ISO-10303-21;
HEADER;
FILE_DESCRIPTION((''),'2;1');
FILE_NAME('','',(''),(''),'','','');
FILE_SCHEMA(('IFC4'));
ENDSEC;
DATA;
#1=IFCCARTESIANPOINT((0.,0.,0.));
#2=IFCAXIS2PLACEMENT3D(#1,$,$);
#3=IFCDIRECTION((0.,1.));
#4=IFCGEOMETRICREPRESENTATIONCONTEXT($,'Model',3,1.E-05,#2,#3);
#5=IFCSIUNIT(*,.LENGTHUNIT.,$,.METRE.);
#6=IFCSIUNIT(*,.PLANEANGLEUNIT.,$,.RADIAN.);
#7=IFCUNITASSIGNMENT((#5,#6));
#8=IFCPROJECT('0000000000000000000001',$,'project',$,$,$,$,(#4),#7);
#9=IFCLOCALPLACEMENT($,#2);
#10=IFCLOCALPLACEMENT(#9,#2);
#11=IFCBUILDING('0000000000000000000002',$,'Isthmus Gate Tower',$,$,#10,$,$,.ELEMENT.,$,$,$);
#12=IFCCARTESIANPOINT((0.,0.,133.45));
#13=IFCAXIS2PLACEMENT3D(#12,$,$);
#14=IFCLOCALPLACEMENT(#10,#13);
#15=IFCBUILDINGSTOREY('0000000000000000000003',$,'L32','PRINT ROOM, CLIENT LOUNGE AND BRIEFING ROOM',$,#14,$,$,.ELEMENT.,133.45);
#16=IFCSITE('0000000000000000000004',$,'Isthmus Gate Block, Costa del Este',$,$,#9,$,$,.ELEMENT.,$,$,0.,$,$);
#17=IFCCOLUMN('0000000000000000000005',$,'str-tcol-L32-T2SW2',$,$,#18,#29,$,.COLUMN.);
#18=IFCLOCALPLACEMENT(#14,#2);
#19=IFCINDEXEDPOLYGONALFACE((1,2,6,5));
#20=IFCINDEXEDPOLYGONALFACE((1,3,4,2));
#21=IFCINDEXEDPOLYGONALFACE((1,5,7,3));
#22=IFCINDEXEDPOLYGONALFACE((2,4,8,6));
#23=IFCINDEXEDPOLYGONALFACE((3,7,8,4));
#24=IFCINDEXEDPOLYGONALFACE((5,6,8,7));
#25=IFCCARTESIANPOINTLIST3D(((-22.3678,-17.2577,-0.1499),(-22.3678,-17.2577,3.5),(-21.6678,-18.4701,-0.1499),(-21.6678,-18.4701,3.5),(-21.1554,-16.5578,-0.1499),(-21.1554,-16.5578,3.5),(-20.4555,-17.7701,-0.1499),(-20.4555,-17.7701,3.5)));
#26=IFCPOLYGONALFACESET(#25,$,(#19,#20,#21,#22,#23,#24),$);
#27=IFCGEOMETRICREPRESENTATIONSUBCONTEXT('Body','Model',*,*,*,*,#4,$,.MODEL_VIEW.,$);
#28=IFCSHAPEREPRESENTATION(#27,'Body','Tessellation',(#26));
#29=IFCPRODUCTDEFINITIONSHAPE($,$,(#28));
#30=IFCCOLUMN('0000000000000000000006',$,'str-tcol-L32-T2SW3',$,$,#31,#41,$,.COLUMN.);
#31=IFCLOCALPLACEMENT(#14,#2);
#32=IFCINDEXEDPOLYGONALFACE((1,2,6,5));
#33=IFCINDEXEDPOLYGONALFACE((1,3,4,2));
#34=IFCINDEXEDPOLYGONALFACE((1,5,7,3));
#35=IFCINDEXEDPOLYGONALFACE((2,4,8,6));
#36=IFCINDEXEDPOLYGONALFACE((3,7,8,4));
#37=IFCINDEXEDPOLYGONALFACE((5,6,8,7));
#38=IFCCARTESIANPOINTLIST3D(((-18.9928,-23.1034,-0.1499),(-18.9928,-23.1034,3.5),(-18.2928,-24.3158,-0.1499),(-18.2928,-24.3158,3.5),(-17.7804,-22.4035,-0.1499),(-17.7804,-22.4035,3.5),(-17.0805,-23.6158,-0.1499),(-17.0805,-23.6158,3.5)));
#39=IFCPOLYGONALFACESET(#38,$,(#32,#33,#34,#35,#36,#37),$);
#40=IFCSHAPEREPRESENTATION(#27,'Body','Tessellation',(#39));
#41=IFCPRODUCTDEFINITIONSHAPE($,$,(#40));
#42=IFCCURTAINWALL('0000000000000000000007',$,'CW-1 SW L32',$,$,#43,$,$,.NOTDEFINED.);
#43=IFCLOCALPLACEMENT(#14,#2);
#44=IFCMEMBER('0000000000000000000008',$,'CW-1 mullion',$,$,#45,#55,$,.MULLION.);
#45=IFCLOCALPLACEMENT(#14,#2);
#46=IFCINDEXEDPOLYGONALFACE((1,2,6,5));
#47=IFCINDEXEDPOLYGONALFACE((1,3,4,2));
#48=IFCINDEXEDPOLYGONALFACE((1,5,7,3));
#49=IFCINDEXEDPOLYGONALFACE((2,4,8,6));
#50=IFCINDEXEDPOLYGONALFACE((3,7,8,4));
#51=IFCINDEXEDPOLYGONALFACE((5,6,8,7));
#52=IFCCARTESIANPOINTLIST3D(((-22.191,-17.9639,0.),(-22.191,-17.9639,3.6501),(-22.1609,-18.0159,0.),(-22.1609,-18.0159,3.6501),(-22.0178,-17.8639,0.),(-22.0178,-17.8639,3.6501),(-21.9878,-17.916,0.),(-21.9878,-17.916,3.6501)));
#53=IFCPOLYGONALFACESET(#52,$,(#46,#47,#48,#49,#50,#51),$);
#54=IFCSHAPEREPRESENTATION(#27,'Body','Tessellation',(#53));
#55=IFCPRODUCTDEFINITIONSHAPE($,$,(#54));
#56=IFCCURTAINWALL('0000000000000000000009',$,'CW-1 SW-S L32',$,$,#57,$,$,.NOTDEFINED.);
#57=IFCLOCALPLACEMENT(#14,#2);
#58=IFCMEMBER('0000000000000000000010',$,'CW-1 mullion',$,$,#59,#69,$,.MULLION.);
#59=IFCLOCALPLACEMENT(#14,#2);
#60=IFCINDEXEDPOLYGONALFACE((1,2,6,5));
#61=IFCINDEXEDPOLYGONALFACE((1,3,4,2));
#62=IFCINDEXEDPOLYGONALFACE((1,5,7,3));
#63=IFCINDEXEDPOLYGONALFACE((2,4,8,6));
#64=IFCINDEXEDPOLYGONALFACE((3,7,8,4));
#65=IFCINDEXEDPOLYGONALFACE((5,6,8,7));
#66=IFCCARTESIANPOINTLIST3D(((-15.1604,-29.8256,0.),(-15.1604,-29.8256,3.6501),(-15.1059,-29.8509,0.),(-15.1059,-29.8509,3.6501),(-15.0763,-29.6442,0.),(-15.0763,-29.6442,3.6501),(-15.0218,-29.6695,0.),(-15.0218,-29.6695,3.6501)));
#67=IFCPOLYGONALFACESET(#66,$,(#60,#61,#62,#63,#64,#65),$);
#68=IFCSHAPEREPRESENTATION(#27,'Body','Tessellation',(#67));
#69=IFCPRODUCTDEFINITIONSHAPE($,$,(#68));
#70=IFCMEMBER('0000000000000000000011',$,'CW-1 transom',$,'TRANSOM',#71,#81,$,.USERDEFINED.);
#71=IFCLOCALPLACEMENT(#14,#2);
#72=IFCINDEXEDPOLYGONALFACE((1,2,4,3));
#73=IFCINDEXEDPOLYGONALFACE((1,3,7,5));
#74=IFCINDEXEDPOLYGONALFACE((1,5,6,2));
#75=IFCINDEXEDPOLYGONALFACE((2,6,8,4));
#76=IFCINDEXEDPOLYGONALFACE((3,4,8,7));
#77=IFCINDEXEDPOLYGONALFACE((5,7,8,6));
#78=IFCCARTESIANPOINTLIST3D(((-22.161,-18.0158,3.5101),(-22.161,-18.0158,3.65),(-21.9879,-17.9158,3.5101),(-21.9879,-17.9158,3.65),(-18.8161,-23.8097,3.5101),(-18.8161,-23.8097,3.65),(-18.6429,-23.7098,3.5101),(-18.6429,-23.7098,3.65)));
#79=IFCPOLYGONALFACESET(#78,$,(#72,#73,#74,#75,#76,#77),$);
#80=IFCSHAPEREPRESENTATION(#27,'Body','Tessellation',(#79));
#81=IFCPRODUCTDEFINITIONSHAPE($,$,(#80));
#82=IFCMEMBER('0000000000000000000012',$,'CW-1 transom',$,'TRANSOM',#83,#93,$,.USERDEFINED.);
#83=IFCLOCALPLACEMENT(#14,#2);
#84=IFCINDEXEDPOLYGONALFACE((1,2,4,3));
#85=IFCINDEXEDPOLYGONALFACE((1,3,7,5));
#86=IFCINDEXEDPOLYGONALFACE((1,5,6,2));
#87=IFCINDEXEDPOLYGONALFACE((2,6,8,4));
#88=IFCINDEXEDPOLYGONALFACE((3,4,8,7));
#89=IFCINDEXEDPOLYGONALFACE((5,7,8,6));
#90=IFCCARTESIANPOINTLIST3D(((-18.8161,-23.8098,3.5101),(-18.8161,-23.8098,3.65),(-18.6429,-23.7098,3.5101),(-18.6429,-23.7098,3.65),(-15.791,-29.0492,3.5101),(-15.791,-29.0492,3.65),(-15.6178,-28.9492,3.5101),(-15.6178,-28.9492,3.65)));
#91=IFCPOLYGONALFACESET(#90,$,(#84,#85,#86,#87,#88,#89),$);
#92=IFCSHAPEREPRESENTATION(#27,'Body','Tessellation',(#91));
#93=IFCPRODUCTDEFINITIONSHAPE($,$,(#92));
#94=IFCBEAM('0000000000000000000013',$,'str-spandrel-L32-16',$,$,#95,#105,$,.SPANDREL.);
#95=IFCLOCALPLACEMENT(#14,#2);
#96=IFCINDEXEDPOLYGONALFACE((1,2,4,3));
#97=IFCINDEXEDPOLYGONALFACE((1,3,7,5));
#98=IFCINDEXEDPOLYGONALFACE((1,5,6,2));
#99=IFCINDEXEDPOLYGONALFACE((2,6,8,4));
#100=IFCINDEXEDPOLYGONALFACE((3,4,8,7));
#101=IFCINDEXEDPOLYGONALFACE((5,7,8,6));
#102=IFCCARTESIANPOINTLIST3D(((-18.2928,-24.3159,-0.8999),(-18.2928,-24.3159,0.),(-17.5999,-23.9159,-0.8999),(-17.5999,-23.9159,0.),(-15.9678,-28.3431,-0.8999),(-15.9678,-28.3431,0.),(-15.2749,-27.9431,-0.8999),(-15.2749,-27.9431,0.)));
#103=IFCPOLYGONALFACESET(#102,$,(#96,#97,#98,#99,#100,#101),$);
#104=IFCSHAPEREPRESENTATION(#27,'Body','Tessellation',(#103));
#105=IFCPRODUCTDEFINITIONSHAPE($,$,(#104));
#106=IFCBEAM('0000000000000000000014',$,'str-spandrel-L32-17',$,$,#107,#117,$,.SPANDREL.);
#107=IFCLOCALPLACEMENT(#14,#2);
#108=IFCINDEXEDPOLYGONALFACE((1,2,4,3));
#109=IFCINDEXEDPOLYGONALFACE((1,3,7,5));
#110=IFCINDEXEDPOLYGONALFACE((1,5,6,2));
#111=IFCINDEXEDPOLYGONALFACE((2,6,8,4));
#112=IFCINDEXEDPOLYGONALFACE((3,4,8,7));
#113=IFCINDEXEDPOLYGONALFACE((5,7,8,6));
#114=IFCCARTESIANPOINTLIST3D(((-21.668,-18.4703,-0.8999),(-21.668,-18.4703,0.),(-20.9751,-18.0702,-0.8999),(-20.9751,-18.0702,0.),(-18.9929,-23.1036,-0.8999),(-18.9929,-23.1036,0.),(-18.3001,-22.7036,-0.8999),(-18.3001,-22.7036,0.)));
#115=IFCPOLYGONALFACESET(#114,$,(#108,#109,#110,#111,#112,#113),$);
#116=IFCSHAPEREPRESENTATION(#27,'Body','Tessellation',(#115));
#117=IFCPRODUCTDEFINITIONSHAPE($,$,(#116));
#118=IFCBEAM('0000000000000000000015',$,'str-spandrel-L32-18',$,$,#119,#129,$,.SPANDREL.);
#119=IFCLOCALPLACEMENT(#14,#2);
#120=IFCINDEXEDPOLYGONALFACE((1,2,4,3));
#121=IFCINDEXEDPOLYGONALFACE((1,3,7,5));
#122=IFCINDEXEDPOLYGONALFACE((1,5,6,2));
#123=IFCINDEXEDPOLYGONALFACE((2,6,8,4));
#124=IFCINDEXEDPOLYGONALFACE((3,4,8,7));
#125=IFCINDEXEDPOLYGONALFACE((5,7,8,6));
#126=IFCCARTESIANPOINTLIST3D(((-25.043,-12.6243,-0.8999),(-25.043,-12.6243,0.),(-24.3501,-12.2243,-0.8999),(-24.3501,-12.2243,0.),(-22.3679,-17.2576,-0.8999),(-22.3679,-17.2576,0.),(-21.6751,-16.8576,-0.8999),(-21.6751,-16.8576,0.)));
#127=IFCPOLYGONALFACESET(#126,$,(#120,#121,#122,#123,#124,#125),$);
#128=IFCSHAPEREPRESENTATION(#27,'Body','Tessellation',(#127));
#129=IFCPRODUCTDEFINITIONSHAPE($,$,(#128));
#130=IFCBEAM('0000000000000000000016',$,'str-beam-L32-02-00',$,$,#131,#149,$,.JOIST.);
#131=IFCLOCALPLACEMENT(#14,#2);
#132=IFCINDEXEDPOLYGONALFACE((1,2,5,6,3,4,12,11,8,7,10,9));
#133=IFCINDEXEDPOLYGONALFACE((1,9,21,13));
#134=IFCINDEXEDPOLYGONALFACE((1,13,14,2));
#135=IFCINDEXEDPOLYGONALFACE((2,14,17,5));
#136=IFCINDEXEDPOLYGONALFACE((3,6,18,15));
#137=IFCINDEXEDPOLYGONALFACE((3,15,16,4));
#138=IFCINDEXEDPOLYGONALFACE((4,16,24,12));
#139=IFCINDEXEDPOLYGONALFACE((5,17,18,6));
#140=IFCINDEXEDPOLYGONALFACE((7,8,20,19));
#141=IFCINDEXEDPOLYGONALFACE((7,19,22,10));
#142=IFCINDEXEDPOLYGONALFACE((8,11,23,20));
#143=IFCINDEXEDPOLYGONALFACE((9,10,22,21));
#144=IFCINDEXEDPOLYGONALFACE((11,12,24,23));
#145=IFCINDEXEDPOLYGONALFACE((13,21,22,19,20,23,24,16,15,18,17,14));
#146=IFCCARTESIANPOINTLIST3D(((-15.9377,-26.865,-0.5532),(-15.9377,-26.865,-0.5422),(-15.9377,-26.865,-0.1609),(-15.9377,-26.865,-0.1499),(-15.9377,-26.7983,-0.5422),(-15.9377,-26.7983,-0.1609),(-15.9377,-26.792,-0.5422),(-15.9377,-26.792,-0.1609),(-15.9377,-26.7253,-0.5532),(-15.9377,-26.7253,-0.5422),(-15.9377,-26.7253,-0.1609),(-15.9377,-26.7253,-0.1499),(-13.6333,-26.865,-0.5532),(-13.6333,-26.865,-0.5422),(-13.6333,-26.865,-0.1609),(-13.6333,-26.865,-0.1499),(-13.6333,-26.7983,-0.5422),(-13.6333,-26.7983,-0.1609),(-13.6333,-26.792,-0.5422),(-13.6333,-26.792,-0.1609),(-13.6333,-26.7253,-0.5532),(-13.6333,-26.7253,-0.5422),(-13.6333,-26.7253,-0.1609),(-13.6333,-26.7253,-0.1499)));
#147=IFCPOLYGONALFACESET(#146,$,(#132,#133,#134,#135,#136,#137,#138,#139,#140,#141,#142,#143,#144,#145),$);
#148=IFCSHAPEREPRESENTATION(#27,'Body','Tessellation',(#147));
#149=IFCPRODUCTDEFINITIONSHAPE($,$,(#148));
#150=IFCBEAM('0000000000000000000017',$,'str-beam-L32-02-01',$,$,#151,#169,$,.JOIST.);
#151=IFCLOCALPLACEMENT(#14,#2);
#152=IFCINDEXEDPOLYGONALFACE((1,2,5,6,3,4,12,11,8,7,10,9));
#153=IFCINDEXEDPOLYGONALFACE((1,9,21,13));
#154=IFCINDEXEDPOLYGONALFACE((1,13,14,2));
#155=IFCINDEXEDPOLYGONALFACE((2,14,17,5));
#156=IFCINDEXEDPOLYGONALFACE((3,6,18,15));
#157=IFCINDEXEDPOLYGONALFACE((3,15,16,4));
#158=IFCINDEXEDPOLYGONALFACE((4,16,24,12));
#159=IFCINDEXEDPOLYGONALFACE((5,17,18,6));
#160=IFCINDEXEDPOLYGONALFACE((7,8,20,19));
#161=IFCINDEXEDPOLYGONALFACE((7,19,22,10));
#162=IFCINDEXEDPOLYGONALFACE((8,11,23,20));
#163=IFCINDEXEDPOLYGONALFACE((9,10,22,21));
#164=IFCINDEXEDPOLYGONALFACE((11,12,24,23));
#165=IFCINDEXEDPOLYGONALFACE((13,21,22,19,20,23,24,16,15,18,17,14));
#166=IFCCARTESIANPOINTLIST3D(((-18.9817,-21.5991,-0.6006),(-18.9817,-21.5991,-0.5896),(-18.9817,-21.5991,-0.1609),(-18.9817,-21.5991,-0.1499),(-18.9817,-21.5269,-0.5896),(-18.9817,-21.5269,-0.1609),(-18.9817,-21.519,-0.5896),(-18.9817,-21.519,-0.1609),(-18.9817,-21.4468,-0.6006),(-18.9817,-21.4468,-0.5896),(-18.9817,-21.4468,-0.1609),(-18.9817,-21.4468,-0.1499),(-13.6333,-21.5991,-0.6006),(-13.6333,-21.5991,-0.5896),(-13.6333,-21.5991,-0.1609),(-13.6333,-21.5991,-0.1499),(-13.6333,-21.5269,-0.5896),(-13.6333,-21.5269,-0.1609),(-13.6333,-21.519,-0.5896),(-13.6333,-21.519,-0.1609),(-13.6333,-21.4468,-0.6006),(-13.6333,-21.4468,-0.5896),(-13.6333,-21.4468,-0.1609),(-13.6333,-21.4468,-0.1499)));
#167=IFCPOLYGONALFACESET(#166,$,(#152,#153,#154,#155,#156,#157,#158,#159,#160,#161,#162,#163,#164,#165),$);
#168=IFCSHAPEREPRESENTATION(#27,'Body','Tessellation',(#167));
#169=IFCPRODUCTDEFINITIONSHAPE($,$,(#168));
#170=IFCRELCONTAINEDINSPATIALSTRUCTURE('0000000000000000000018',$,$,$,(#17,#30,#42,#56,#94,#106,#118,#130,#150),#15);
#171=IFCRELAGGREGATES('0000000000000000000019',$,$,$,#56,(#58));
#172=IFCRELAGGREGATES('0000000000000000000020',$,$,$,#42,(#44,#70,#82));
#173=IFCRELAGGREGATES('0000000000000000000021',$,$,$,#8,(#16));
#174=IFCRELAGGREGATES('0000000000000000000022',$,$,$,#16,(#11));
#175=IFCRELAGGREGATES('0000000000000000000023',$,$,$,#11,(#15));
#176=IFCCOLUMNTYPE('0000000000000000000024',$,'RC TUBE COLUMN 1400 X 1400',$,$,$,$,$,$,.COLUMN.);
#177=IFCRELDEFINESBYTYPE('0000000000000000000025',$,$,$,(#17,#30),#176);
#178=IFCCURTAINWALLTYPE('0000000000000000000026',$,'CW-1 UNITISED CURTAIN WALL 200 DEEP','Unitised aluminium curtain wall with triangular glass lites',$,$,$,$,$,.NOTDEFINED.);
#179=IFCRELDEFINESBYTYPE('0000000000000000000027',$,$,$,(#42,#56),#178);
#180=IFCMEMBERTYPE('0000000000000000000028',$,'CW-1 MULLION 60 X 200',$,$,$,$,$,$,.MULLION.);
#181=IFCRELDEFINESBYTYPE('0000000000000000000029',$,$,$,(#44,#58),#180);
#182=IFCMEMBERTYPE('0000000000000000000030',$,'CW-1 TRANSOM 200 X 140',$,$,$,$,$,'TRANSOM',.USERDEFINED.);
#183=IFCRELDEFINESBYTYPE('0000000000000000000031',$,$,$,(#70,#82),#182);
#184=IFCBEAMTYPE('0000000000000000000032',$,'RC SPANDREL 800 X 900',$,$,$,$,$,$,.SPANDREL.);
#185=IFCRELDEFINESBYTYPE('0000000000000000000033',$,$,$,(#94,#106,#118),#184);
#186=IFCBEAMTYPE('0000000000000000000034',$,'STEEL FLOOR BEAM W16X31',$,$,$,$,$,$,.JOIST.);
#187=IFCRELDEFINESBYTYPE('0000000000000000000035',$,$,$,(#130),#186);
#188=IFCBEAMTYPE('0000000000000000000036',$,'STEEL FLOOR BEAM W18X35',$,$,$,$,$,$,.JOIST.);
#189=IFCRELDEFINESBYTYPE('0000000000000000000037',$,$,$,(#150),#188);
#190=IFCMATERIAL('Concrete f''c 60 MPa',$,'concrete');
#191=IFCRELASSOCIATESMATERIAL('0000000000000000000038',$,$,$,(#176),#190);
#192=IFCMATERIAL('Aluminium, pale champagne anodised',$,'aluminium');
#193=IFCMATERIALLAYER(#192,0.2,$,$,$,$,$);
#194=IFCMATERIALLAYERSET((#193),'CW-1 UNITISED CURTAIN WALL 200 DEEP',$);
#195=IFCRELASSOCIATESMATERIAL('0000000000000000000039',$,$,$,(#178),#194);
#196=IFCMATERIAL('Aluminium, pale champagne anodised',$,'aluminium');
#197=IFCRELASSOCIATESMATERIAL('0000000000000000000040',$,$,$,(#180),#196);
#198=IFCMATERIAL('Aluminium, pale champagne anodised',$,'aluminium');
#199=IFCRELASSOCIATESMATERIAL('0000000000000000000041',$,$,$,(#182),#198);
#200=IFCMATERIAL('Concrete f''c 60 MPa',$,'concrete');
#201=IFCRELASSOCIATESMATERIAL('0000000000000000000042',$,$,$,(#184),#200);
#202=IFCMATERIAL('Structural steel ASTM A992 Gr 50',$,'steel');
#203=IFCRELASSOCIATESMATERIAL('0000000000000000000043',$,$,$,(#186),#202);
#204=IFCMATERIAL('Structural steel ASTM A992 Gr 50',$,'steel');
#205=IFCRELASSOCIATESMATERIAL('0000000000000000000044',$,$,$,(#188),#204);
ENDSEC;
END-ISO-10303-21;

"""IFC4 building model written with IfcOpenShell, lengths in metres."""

from ifc_helpers import new_model, si_unit, direction, frame, origin, origin_2d, place, context, subcontext, project, spatial, rectangle, i_section, extrude, material, layer, layer_set, material_profile, profile_set, type_object, element, aggregate, save


model = new_model("IFC4")

# Units and contexts
model_context = context("Model", 3, precision=1e-05, world=origin(), true_north=direction((0.0, 1.0)))
body_context = subcontext(model_context, "Body", "Model", "MODEL_VIEW")
ifc_project = project(units=[si_unit("LENGTHUNIT", "METRE"), si_unit("PLANEANGLEUNIT", "RADIAN")], contexts=[model_context])

# Site, building, storey
site_placement = place(None, origin())
site = spatial("IfcSite", under=ifc_project, at=site_placement, Name="Isthmus Gate Block, Costa del Este", CompositionType="ELEMENT", RefElevation=0.0)
building_placement = place(site_placement, origin())
building = spatial("IfcBuilding", under=site, at=building_placement, Name="Isthmus Gate Tower", CompositionType="ELEMENT")
storey_placement = place(building_placement, frame((0.0, 0.0, 133.45)))
storey = spatial("IfcBuildingStorey", under=building, at=storey_placement, Name="L32", Description="PRINT ROOM, CLIENT LOUNGE AND BRIEFING ROOM", CompositionType="ELEMENT", Elevation=133.45)

# Columns
ifc_material_1 = material(Name="Concrete f'c 60 MPa", Category="concrete")
ifc_material_profile_1 = material_profile(ifc_material_1, rectangle(XDim=1.3999, YDim=1.3999, at=origin_2d()), Name="RC 1400X1400")
ifc_profile_set_1 = profile_set([ifc_material_profile_1], Name="Concrete f'c 60 MPa")
column_type = type_object("IfcColumnType", Name="RC TUBE COLUMN 1400 X 1400", PredefinedType="COLUMN", material=ifc_profile_set_1)
for number, where, z_axis, x_axis, name in (
    (1, (-21.4116, -17.5139, -0.1499), (0.0, 0.0, 1.0), (0.5, -0.866025, 0.0), "str-tcol-L32-T2SW2"),
    (2, (-18.0366, -23.3596, -0.1499), (0.0, 0.0, 1.0), (0.5, -0.866025, 0.0), "str-tcol-L32-T2SW3"),
):
    element("IfcColumn", number, at=place(storey_placement, frame(where, z_axis=z_axis, x_axis=x_axis)), inside=storey, type_object=column_type, Name=name, PredefinedType="COLUMN", context=body_context, shape_type="SweptSolid", body=[
        extrude(rectangle(XDim=1.3999, YDim=1.3999, at=origin_2d()), origin(), (0.0, 0.0, 1.0), 3.6499),
    ])

# Curtain walls, members
ifc_material_2 = material(Name="Aluminium, pale champagne anodised", Category="aluminium")
ifc_layer_1 = layer(ifc_material_2, 0.2)
ifc_layer_set_1 = layer_set([ifc_layer_1], Name="CW-1 UNITISED CURTAIN WALL 200 DEEP")
curtain_wall_type = type_object("IfcCurtainWallType", Name="CW-1 UNITISED CURTAIN WALL 200 DEEP", Description="Unitised aluminium curtain wall with triangular glass lites", PredefinedType="NOTDEFINED", material=ifc_layer_set_1)
curtain_wall_1_placement = place(storey_placement, origin())
curtain_wall_1 = element("IfcCurtainWall", 3, at=curtain_wall_1_placement, inside=storey, type_object=curtain_wall_type, Name="CW-1 SW L32", PredefinedType="NOTDEFINED")
ifc_material_3 = material(Name="Aluminium, pale champagne anodised", Category="aluminium")
ifc_material_profile_2 = material_profile(ifc_material_3, rectangle(XDim=0.0601, YDim=0.2, at=origin_2d()), Name="60x200")
ifc_profile_set_2 = profile_set([ifc_material_profile_2], Name="Aluminium, pale champagne anodised")
member_type_1 = type_object("IfcMemberType", Name="CW-1 MULLION 60 X 200", PredefinedType="MULLION", material=ifc_profile_set_2)
member_1_placement = place(storey_placement, frame((-22.0894, -17.9399, 0.0), z_axis=(0.0, 0.0, 1.0), x_axis=(0.5, -0.866025, 0.0)))
member_1 = element("IfcMember", 4, at=member_1_placement, type_object=member_type_1, Name="CW-1 mullion", PredefinedType="MULLION", context=body_context, shape_type="SweptSolid", body=[
    extrude(rectangle(XDim=0.0601, YDim=0.2, at=origin_2d()), origin(), (0.0, 0.0, 1.0), 3.6501),
])
curtain_wall_2_placement = place(storey_placement, origin())
curtain_wall_2 = element("IfcCurtainWall", 5, at=curtain_wall_2_placement, inside=storey, type_object=curtain_wall_type, Name="CW-1 SW-S L32", PredefinedType="NOTDEFINED")
member_2_placement = place(storey_placement, frame((-15.0911, -29.7476, 0.0), z_axis=(0.0, 0.0, 1.0), x_axis=(0.907256, -0.420578, 0.0)))
member_2 = element("IfcMember", 6, at=member_2_placement, type_object=member_type_1, Name="CW-1 mullion", PredefinedType="MULLION", context=body_context, shape_type="SweptSolid", body=[
    extrude(rectangle(XDim=0.0601, YDim=0.2, at=origin_2d()), origin(), (0.0, 0.0, 1.0), 3.6501),
])
aggregate(curtain_wall_2, [member_2])

# Members
ifc_material_4 = material(Name="Aluminium, pale champagne anodised", Category="aluminium")
ifc_material_profile_3 = material_profile(ifc_material_4, rectangle(XDim=0.2, YDim=0.1399, at=origin_2d()), Name="200x140")
ifc_profile_set_3 = profile_set([ifc_material_profile_3], Name="Aluminium, pale champagne anodised")
member_type_2 = type_object("IfcMemberType", Name="CW-1 TRANSOM 200 X 140", ElementType="TRANSOM", PredefinedType="USERDEFINED", material=ifc_profile_set_3)
member_3_placement = place(storey_placement, frame((-22.0745, -17.9658, 3.5801), z_axis=(0.499981, -0.866036, 0.0), x_axis=(0.866036, 0.499981, 0.0)))
member_3 = element("IfcMember", 7, at=member_3_placement, type_object=member_type_2, Name="CW-1 transom", ObjectType="TRANSOM", PredefinedType="USERDEFINED", context=body_context, shape_type="SweptSolid", body=[
    extrude(rectangle(XDim=0.2, YDim=0.1399, at=origin_2d()), origin(), (0.0, 0.0, 1.0), 6.6902),
])
member_4_placement = place(storey_placement, frame((-18.7295, -23.7598, 3.5801), z_axis=(0.500015, -0.866017, 0.0), x_axis=(0.866017, 0.500015, 0.0)))
member_4 = element("IfcMember", 8, at=member_4_placement, type_object=member_type_2, Name="CW-1 transom", ObjectType="TRANSOM", PredefinedType="USERDEFINED", context=body_context, shape_type="SweptSolid", body=[
    extrude(rectangle(XDim=0.2, YDim=0.1399, at=origin_2d()), origin(), (0.0, 0.0, 1.0), 6.05),
])

# Beams
ifc_material_5 = material(Name="Concrete f'c 60 MPa", Category="concrete")
ifc_material_profile_4 = material_profile(ifc_material_5, rectangle(XDim=0.8, YDim=0.8999, at=origin_2d()), Name="RC 800X900")
ifc_profile_set_4 = profile_set([ifc_material_profile_4], Name="Concrete f'c 60 MPa")
beam_type_1 = type_object("IfcBeamType", Name="RC SPANDREL 800 X 900", PredefinedType="SPANDREL", material=ifc_profile_set_4)
beam_1_placement = place(storey_placement, frame((-15.6213, -28.1431, -0.45), z_axis=(-0.499985, 0.866034, 0.0), x_axis=(-0.866034, -0.499985, 0.0)))
element("IfcBeam", 9, at=beam_1_placement, inside=storey, type_object=beam_type_1, Name="str-spandrel-L32-16", PredefinedType="SPANDREL", context=body_context, shape_type="SweptSolid", body=[
    extrude(rectangle(XDim=0.8, YDim=0.8999, at=origin_2d()), origin(), (0.0, 0.0, 1.0), 4.6501),
])
for number, where, z_axis, x_axis, name in (
    (10, (-18.6465, -22.9036, -0.45), (-0.500002, 0.866024, 0.0), (-0.866024, -0.500002, 0.0), "str-spandrel-L32-17"),
    (11, (-22.0215, -17.0576, -0.45), (-0.500002, 0.866024, 0.0), (-0.866024, -0.500002, 0.0), "str-spandrel-L32-18"),
):
    element("IfcBeam", number, at=place(storey_placement, frame(where, z_axis=z_axis, x_axis=x_axis)), inside=storey, type_object=beam_type_1, Name=name, PredefinedType="SPANDREL", context=body_context, shape_type="SweptSolid", body=[
        extrude(rectangle(XDim=0.8, YDim=0.8999, at=origin_2d()), origin(), (0.0, 0.0, 1.0), 5.3501),
    ])
ifc_material_6 = material(Name="Structural steel ASTM A992 Gr 50", Category="steel")
ifc_material_profile_5 = material_profile(ifc_material_6, i_section(OverallWidth=0.1396, OverallDepth=0.4033, WebThickness=0.0063, FlangeThickness=0.011, at=origin_2d()), Name="W16X31")
ifc_profile_set_5 = profile_set([ifc_material_profile_5], Name="Structural steel ASTM A992 Gr 50")
beam_type_2 = type_object("IfcBeamType", Name="STEEL FLOOR BEAM W16X31", PredefinedType="JOIST", material=ifc_profile_set_5)
beam_2_placement = place(storey_placement, frame((-15.9377, -26.7952, -0.3516), z_axis=(1.0, 0.0, 0.0), x_axis=(0.0, 1.0, 0.0)))
element("IfcBeam", 12, at=beam_2_placement, inside=storey, type_object=beam_type_2, Name="str-beam-L32-02-00", PredefinedType="JOIST", context=body_context, shape_type="SweptSolid", body=[
    extrude(i_section(OverallWidth=0.1396, OverallDepth=0.4033, WebThickness=0.0063, FlangeThickness=0.011, at=origin_2d()), origin(), (0.0, 0.0, 1.0), 2.3044),
])
ifc_material_7 = material(Name="Structural steel ASTM A992 Gr 50", Category="steel")
ifc_material_profile_6 = material_profile(ifc_material_7, i_section(OverallWidth=0.1523, OverallDepth=0.4507, WebThickness=0.0078, FlangeThickness=0.011, at=origin_2d()), Name="W18X35")
ifc_profile_set_6 = profile_set([ifc_material_profile_6], Name="Structural steel ASTM A992 Gr 50")
beam_type_3 = type_object("IfcBeamType", Name="STEEL FLOOR BEAM W18X35", PredefinedType="JOIST", material=ifc_profile_set_6)
beam_3_placement = place(storey_placement, frame((-18.9817, -21.5229, -0.3752), z_axis=(1.0, 0.0, 0.0), x_axis=(0.0, 1.0, 0.0)))
element("IfcBeam", 13, at=beam_3_placement, inside=storey, type_object=beam_type_3, Name="str-beam-L32-02-01", PredefinedType="JOIST", context=body_context, shape_type="SweptSolid", body=[
    extrude(i_section(OverallWidth=0.1523, OverallDepth=0.4507, WebThickness=0.0078, FlangeThickness=0.011, at=origin_2d()), origin(), (0.0, 0.0, 1.0), 5.3484),
])

aggregate(curtain_wall_1, [member_1, member_3, member_4])

save(model, "model.ifc")
